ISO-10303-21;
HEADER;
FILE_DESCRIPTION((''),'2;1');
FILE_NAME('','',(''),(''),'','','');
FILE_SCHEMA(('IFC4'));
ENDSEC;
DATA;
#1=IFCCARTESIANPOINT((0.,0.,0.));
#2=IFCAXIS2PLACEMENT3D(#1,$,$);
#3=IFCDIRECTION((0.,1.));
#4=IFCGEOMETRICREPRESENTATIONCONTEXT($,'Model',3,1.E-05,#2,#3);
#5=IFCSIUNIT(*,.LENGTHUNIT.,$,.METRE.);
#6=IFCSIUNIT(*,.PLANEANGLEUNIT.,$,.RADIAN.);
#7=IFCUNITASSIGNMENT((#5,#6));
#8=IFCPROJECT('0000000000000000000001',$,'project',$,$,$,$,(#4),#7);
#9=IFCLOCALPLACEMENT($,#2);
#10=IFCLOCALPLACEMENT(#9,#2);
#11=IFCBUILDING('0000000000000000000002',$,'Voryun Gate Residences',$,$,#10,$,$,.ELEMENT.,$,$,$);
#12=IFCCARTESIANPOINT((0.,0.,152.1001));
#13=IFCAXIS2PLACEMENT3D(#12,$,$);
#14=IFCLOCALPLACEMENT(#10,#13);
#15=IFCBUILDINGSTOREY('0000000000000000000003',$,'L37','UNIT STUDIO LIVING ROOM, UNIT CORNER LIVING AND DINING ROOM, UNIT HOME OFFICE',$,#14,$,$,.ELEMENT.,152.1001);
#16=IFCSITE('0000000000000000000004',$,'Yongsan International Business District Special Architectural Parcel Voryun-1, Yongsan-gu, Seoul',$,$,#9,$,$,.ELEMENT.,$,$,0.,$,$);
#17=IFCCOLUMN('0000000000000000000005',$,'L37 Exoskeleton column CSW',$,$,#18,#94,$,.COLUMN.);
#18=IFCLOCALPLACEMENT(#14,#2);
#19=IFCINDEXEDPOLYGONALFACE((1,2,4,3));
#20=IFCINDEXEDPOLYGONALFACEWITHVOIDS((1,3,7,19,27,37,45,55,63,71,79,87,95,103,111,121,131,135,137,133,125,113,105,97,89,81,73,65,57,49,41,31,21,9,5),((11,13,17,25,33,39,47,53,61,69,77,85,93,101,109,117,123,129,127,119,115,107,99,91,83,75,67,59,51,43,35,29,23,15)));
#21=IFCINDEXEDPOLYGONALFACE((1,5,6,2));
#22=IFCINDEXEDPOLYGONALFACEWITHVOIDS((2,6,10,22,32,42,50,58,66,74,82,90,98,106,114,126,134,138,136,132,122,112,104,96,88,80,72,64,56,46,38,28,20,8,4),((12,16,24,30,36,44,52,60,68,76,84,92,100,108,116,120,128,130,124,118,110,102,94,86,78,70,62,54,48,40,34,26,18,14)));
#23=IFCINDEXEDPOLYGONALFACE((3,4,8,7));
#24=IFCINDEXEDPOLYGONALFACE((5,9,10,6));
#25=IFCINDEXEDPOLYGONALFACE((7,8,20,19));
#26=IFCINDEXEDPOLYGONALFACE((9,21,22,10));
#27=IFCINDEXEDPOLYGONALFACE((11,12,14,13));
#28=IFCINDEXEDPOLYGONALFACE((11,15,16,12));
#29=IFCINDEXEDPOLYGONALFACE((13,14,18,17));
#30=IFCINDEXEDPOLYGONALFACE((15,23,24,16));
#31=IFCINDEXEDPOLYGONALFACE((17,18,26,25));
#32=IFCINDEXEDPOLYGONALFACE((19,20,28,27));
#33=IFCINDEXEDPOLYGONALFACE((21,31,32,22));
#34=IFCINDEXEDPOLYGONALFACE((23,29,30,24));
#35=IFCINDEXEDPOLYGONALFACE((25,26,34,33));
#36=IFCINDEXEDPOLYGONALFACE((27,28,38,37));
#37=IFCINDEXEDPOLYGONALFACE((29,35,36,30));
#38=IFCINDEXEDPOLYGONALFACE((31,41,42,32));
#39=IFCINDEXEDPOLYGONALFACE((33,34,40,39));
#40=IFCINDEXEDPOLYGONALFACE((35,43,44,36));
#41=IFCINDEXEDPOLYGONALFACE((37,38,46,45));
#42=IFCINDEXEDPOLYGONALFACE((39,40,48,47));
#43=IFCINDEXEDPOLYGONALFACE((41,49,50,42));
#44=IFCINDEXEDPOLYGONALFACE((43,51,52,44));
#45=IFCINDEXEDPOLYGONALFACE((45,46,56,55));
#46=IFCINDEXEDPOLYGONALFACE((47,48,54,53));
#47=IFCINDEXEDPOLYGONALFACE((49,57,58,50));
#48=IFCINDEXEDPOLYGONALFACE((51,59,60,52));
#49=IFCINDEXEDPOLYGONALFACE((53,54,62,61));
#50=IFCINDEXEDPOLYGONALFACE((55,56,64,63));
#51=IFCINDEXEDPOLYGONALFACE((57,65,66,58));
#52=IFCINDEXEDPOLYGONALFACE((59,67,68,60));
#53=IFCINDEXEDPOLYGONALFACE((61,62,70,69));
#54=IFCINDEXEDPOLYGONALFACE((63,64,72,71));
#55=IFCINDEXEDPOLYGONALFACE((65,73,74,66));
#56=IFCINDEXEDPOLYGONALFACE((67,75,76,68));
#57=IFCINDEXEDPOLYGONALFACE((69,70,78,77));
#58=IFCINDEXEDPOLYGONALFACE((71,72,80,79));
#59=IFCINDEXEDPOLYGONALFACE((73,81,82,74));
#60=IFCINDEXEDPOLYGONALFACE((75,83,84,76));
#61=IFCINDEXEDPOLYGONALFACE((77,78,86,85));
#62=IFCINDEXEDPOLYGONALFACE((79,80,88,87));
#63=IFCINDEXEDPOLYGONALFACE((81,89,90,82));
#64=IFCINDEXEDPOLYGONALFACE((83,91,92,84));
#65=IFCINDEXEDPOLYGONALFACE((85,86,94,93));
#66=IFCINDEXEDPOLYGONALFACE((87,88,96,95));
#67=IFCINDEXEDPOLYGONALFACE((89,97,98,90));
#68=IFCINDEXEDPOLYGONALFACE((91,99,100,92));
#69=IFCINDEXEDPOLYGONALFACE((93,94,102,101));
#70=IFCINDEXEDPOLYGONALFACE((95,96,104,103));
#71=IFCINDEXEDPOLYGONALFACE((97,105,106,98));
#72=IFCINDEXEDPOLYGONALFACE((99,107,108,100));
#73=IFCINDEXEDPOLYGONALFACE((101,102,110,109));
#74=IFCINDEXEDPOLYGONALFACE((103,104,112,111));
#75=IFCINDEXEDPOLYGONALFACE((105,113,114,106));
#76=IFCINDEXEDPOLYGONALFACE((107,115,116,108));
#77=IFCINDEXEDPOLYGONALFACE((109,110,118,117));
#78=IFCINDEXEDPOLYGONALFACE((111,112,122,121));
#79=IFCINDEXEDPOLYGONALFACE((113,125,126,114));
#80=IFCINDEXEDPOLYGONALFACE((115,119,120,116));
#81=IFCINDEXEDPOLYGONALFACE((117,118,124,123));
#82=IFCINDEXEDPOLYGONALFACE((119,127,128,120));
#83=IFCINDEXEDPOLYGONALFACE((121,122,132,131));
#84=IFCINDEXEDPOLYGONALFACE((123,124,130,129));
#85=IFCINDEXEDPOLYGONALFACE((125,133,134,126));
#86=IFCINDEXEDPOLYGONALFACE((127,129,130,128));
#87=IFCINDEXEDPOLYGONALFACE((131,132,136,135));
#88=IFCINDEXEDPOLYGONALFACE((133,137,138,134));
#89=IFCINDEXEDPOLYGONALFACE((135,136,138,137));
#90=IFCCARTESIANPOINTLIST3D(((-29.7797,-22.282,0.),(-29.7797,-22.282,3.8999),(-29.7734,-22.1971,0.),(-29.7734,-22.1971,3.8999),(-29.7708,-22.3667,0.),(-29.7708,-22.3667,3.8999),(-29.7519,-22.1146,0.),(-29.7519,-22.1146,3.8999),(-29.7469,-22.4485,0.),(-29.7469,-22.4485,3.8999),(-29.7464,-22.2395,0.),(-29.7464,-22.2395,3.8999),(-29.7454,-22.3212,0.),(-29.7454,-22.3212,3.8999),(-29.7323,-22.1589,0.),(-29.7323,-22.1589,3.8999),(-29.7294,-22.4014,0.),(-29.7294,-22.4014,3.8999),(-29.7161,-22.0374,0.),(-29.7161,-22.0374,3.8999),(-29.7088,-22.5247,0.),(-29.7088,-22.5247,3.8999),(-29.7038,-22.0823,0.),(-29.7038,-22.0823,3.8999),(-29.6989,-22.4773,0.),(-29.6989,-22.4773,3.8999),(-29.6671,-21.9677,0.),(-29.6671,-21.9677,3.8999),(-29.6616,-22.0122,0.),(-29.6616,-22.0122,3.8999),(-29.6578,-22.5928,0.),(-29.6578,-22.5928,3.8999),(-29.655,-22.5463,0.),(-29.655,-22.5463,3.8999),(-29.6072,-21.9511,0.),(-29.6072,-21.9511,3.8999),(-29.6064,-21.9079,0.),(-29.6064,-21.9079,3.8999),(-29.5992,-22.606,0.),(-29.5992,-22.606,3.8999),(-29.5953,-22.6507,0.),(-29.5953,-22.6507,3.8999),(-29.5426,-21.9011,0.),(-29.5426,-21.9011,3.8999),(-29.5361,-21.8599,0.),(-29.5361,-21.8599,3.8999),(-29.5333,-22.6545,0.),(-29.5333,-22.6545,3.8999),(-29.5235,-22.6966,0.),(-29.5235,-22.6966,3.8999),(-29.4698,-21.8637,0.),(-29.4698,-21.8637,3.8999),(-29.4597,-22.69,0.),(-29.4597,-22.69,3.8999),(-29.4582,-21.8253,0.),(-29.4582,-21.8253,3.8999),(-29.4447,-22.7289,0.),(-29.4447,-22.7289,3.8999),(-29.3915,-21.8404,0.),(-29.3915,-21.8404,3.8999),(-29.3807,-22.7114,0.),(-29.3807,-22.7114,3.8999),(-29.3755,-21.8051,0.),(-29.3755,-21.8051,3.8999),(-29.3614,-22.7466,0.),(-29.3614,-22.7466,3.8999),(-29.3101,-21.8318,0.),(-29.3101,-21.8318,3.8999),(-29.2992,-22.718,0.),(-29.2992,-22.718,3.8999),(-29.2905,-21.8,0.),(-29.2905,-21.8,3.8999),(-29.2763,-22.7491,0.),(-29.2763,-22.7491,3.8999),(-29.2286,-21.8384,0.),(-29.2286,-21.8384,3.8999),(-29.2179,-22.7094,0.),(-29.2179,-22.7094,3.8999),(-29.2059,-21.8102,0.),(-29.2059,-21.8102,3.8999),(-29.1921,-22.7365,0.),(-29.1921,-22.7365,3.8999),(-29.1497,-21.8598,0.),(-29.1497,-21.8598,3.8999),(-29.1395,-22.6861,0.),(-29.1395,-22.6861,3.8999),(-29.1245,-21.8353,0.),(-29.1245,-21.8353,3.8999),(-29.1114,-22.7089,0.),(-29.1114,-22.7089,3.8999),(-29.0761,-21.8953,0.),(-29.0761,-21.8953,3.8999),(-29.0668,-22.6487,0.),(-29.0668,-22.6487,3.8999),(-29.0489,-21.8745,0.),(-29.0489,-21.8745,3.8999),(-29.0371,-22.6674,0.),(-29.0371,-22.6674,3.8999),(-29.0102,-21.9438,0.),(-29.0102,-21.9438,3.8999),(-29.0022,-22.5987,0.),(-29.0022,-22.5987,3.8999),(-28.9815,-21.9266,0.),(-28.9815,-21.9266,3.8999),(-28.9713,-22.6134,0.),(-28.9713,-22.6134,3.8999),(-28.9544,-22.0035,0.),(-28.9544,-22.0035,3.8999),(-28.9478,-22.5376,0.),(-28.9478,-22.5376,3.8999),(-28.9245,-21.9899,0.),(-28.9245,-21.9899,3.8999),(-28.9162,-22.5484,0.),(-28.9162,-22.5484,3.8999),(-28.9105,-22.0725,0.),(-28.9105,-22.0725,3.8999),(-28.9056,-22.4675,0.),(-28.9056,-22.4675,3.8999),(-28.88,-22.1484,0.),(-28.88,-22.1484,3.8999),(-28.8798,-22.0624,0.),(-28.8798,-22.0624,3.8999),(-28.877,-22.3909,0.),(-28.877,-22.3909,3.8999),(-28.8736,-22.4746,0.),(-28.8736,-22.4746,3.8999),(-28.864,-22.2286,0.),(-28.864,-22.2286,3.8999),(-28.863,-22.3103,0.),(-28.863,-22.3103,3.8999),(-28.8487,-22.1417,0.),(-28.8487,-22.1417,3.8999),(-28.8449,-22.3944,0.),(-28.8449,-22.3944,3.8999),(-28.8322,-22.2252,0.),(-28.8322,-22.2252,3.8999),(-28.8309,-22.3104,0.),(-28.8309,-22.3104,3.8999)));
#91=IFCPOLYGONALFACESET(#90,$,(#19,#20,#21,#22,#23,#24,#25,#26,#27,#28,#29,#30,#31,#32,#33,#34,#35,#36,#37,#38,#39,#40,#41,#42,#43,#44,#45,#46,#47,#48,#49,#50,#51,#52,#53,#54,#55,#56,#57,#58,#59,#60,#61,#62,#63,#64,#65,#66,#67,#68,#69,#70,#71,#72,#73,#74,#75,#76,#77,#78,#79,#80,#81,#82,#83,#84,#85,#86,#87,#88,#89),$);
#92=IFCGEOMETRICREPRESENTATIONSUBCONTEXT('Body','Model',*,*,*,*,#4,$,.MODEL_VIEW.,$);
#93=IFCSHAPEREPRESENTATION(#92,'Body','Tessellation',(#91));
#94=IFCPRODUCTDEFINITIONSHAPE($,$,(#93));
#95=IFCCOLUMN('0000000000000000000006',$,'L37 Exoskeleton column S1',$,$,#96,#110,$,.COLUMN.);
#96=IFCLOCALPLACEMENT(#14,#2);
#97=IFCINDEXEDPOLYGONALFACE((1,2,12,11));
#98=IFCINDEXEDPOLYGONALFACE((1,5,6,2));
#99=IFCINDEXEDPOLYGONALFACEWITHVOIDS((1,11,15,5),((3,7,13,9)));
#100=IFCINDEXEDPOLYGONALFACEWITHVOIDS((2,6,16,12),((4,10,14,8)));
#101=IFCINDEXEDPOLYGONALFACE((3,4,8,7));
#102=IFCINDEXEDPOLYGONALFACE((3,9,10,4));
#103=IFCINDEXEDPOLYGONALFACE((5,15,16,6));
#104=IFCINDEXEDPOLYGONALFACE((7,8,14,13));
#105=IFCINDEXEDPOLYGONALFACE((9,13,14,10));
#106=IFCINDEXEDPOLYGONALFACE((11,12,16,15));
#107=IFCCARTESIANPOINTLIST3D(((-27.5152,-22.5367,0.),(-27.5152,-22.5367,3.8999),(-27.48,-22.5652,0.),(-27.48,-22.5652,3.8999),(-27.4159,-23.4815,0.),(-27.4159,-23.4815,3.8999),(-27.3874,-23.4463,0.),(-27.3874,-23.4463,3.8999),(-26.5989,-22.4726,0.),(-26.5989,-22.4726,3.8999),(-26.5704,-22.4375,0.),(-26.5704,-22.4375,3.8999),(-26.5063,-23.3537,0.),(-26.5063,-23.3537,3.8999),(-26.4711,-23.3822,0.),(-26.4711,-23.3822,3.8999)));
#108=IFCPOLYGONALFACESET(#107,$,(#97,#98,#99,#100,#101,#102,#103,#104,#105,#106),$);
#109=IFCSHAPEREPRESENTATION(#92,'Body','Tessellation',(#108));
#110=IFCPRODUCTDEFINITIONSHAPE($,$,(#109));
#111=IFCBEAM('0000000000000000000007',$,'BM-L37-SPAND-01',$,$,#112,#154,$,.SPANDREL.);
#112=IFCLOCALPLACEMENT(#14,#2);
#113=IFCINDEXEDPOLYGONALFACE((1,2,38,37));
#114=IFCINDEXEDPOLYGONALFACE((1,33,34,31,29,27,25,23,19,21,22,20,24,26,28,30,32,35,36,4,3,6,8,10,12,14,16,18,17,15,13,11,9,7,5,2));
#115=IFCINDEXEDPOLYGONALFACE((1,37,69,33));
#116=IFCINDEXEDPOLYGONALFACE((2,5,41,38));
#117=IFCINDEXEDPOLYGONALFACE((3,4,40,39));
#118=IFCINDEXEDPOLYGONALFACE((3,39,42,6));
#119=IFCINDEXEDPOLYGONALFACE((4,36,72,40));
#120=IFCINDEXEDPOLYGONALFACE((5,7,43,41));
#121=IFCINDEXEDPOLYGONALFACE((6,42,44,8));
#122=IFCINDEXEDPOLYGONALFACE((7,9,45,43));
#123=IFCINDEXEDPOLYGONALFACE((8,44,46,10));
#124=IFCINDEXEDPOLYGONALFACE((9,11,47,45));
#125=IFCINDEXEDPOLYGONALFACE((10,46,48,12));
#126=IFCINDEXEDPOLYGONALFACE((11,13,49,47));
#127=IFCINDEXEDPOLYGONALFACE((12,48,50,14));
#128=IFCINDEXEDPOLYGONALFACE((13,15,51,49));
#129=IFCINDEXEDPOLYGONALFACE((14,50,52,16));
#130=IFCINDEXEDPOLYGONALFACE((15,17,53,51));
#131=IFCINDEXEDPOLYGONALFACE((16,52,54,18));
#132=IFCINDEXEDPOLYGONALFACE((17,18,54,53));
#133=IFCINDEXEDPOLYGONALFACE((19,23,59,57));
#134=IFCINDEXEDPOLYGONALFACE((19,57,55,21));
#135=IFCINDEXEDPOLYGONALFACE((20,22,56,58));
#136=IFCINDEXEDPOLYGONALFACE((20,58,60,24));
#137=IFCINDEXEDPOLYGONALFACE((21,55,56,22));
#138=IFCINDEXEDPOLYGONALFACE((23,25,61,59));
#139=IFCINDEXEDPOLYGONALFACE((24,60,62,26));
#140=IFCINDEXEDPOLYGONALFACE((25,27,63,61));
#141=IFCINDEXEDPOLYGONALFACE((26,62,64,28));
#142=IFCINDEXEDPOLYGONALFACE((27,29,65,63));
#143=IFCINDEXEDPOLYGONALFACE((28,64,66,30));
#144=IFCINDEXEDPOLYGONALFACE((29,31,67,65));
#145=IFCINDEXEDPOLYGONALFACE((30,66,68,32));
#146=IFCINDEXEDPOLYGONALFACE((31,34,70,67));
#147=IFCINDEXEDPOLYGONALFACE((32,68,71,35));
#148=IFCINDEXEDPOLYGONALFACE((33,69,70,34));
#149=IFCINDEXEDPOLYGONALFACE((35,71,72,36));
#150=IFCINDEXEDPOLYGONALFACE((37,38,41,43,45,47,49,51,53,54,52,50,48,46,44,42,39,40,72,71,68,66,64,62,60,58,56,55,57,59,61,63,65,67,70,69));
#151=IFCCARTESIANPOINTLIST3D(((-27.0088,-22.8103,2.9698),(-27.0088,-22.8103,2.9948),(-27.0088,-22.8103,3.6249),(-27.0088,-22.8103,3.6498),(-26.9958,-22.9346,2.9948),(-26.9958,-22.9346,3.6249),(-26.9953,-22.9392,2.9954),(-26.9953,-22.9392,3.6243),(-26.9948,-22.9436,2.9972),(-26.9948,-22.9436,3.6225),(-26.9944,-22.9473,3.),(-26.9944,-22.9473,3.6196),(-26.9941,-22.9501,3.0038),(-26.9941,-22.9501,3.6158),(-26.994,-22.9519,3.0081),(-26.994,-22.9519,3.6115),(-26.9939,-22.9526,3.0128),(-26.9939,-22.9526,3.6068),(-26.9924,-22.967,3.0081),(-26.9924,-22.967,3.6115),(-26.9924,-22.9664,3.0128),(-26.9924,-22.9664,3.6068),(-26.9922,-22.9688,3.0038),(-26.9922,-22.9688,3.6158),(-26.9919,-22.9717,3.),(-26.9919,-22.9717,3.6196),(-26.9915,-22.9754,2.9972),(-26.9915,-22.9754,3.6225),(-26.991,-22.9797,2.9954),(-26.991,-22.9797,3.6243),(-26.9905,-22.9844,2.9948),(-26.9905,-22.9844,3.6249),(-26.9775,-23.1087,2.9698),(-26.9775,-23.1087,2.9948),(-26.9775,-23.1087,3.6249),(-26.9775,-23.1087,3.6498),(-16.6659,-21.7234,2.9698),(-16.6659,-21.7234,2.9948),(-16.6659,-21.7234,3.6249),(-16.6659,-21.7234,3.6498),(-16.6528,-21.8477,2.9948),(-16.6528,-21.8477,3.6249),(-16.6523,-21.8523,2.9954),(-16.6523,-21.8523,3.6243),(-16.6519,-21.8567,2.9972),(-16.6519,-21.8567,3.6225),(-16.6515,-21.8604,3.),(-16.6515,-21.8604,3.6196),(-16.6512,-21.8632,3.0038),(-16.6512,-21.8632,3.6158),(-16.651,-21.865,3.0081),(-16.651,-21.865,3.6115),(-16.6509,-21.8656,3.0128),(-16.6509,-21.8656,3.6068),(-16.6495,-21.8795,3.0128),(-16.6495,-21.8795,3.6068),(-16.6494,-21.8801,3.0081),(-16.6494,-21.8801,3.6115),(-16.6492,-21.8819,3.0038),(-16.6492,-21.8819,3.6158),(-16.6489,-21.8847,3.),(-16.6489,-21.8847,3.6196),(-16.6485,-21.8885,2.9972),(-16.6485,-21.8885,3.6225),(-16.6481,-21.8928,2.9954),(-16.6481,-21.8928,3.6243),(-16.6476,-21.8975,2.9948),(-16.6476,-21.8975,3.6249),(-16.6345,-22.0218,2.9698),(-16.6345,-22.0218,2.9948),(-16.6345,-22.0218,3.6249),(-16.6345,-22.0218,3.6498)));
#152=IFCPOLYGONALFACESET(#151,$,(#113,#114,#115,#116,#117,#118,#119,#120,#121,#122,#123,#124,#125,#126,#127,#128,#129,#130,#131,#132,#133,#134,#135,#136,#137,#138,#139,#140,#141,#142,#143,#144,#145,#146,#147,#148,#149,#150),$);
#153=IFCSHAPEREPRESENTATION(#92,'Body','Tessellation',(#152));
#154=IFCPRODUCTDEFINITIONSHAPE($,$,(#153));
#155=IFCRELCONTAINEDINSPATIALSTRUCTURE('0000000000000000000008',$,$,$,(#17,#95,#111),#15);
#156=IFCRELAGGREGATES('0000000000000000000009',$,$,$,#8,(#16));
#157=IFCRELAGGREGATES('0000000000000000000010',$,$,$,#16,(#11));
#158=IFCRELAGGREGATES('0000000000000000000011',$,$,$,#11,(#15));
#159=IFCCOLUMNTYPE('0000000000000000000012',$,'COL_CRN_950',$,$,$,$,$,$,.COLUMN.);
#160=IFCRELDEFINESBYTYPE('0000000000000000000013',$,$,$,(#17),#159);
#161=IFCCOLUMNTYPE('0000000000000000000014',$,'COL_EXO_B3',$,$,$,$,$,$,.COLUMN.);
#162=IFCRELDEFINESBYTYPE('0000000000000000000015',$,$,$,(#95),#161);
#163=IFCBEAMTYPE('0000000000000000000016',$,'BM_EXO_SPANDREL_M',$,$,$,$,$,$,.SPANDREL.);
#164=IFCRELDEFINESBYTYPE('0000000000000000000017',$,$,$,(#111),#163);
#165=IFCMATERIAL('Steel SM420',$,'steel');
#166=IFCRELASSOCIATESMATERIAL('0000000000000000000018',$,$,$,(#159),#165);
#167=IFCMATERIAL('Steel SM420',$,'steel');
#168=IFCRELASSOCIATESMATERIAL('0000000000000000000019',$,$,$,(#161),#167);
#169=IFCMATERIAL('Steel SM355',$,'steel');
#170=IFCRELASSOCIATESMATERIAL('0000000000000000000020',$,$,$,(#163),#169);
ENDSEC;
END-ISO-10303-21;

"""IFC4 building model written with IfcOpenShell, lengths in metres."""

from ifc_helpers import new_model, si_unit, direction, frame, origin, origin_2d, place, context, subcontext, project, spatial, hollow_rectangle, hollow_circle, i_section, extrude, material, material_profile, profile_set, type_object, element, save


model = new_model("IFC4")

# Units and contexts
model_context = context("Model", 3, precision=1e-05, world=origin(), true_north=direction((0.0, 1.0)))
body_context = subcontext(model_context, "Body", "Model", "MODEL_VIEW")
ifc_project = project(units=[si_unit("LENGTHUNIT", "METRE"), si_unit("PLANEANGLEUNIT", "RADIAN")], contexts=[model_context])

# Site, building, storey
site_placement = place(None, origin())
site = spatial("IfcSite", under=ifc_project, at=site_placement, Name="Yongsan International Business District Special Architectural Parcel Voryun-1, Yongsan-gu, Seoul", CompositionType="ELEMENT", RefElevation=0.0)
building_placement = place(site_placement, origin())
building = spatial("IfcBuilding", under=site, at=building_placement, Name="Voryun Gate Residences", CompositionType="ELEMENT")
storey_placement = place(building_placement, frame((0.0, 0.0, 152.1001)))
storey = spatial("IfcBuildingStorey", under=building, at=storey_placement, Name="L37", Description="UNIT STUDIO LIVING ROOM, UNIT CORNER LIVING AND DINING ROOM, UNIT HOME OFFICE", CompositionType="ELEMENT", Elevation=152.1001)

# Columns
ifc_material_1 = material(Name="Steel SM420", Category="steel")
ifc_material_profile_1 = material_profile(ifc_material_1, hollow_circle(Radius=0.4751, WallThickness=0.032, at=origin_2d()), Name="CHS-950x32")
ifc_profile_set_1 = profile_set([ifc_material_profile_1], Name="Steel SM420")
column_type_1 = type_object("IfcColumnType", Name="COL_CRN_950", PredefinedType="COLUMN", material=ifc_profile_set_1)
column_1_placement = place(storey_placement, frame((-29.3047, -22.2749, 0.0), z_axis=(0.0, 0.0, 1.0), x_axis=(0.994522, 0.104528, 0.0)))
element("IfcColumn", 1, at=column_1_placement, inside=storey, type_object=column_type_1, Name="L37 Exoskeleton column CSW", PredefinedType="COLUMN", context=body_context, shape_type="SweptSolid", body=[
    extrude(hollow_circle(Radius=0.4751, WallThickness=0.032, at=origin_2d()), origin(), (0.0, 0.0, 1.0), 3.8999),
])
ifc_material_2 = material(Name="Steel SM420", Category="steel")
ifc_material_profile_2 = material_profile(ifc_material_2, hollow_rectangle(XDim=0.95, YDim=0.95, WallThickness=0.032, at=origin_2d()), Name="BOX-950x950x32")
ifc_profile_set_2 = profile_set([ifc_material_profile_2], Name="Steel SM420")
column_type_2 = type_object("IfcColumnType", Name="COL_EXO_B3", PredefinedType="COLUMN", material=ifc_profile_set_2)
column_2_placement = place(storey_placement, frame((-26.9932, -22.9595, 0.0), z_axis=(0.0, 0.0, 1.0), x_axis=(0.994522, 0.104528, 0.0)))
element("IfcColumn", 2, at=column_2_placement, inside=storey, type_object=column_type_2, Name="L37 Exoskeleton column S1", PredefinedType="COLUMN", context=body_context, shape_type="SweptSolid", body=[
    extrude(hollow_rectangle(XDim=0.95, YDim=0.95, WallThickness=0.032, at=origin_2d()), origin(), (0.0, 0.0, 1.0), 3.8999),
])

# Beam
ifc_material_3 = material(Name="Steel SM355", Category="steel")
ifc_material_profile_3 = material_profile(ifc_material_3, i_section(OverallWidth=0.3, OverallDepth=0.6799, WebThickness=0.0139, FlangeThickness=0.0249, FilletRadius=0.0181, at=origin_2d()), Name="H-680x300x14x25")
ifc_profile_set_3 = profile_set([ifc_material_profile_3], Name="Steel SM355")
beam_type = type_object("IfcBeamType", Name="BM_EXO_SPANDREL_M", PredefinedType="SPANDREL", material=ifc_profile_set_3)
beam_1_placement = place(storey_placement, frame((-26.9932, -22.9595, 3.3098), z_axis=(0.994524, 0.104511, 0.0), x_axis=(-0.104511, 0.994524, 0.0)))
element("IfcBeam", 3, at=beam_1_placement, inside=storey, type_object=beam_type, Name="BM-L37-SPAND-01", PredefinedType="SPANDREL", context=body_context, shape_type="SweptSolid", body=[
    extrude(i_section(OverallWidth=0.3, OverallDepth=0.6799, WebThickness=0.0139, FlangeThickness=0.0249, FilletRadius=0.0181, at=origin_2d()), origin(), (0.0, 0.0, 1.0), 10.3999),
])

save(model, "model.ifc")
